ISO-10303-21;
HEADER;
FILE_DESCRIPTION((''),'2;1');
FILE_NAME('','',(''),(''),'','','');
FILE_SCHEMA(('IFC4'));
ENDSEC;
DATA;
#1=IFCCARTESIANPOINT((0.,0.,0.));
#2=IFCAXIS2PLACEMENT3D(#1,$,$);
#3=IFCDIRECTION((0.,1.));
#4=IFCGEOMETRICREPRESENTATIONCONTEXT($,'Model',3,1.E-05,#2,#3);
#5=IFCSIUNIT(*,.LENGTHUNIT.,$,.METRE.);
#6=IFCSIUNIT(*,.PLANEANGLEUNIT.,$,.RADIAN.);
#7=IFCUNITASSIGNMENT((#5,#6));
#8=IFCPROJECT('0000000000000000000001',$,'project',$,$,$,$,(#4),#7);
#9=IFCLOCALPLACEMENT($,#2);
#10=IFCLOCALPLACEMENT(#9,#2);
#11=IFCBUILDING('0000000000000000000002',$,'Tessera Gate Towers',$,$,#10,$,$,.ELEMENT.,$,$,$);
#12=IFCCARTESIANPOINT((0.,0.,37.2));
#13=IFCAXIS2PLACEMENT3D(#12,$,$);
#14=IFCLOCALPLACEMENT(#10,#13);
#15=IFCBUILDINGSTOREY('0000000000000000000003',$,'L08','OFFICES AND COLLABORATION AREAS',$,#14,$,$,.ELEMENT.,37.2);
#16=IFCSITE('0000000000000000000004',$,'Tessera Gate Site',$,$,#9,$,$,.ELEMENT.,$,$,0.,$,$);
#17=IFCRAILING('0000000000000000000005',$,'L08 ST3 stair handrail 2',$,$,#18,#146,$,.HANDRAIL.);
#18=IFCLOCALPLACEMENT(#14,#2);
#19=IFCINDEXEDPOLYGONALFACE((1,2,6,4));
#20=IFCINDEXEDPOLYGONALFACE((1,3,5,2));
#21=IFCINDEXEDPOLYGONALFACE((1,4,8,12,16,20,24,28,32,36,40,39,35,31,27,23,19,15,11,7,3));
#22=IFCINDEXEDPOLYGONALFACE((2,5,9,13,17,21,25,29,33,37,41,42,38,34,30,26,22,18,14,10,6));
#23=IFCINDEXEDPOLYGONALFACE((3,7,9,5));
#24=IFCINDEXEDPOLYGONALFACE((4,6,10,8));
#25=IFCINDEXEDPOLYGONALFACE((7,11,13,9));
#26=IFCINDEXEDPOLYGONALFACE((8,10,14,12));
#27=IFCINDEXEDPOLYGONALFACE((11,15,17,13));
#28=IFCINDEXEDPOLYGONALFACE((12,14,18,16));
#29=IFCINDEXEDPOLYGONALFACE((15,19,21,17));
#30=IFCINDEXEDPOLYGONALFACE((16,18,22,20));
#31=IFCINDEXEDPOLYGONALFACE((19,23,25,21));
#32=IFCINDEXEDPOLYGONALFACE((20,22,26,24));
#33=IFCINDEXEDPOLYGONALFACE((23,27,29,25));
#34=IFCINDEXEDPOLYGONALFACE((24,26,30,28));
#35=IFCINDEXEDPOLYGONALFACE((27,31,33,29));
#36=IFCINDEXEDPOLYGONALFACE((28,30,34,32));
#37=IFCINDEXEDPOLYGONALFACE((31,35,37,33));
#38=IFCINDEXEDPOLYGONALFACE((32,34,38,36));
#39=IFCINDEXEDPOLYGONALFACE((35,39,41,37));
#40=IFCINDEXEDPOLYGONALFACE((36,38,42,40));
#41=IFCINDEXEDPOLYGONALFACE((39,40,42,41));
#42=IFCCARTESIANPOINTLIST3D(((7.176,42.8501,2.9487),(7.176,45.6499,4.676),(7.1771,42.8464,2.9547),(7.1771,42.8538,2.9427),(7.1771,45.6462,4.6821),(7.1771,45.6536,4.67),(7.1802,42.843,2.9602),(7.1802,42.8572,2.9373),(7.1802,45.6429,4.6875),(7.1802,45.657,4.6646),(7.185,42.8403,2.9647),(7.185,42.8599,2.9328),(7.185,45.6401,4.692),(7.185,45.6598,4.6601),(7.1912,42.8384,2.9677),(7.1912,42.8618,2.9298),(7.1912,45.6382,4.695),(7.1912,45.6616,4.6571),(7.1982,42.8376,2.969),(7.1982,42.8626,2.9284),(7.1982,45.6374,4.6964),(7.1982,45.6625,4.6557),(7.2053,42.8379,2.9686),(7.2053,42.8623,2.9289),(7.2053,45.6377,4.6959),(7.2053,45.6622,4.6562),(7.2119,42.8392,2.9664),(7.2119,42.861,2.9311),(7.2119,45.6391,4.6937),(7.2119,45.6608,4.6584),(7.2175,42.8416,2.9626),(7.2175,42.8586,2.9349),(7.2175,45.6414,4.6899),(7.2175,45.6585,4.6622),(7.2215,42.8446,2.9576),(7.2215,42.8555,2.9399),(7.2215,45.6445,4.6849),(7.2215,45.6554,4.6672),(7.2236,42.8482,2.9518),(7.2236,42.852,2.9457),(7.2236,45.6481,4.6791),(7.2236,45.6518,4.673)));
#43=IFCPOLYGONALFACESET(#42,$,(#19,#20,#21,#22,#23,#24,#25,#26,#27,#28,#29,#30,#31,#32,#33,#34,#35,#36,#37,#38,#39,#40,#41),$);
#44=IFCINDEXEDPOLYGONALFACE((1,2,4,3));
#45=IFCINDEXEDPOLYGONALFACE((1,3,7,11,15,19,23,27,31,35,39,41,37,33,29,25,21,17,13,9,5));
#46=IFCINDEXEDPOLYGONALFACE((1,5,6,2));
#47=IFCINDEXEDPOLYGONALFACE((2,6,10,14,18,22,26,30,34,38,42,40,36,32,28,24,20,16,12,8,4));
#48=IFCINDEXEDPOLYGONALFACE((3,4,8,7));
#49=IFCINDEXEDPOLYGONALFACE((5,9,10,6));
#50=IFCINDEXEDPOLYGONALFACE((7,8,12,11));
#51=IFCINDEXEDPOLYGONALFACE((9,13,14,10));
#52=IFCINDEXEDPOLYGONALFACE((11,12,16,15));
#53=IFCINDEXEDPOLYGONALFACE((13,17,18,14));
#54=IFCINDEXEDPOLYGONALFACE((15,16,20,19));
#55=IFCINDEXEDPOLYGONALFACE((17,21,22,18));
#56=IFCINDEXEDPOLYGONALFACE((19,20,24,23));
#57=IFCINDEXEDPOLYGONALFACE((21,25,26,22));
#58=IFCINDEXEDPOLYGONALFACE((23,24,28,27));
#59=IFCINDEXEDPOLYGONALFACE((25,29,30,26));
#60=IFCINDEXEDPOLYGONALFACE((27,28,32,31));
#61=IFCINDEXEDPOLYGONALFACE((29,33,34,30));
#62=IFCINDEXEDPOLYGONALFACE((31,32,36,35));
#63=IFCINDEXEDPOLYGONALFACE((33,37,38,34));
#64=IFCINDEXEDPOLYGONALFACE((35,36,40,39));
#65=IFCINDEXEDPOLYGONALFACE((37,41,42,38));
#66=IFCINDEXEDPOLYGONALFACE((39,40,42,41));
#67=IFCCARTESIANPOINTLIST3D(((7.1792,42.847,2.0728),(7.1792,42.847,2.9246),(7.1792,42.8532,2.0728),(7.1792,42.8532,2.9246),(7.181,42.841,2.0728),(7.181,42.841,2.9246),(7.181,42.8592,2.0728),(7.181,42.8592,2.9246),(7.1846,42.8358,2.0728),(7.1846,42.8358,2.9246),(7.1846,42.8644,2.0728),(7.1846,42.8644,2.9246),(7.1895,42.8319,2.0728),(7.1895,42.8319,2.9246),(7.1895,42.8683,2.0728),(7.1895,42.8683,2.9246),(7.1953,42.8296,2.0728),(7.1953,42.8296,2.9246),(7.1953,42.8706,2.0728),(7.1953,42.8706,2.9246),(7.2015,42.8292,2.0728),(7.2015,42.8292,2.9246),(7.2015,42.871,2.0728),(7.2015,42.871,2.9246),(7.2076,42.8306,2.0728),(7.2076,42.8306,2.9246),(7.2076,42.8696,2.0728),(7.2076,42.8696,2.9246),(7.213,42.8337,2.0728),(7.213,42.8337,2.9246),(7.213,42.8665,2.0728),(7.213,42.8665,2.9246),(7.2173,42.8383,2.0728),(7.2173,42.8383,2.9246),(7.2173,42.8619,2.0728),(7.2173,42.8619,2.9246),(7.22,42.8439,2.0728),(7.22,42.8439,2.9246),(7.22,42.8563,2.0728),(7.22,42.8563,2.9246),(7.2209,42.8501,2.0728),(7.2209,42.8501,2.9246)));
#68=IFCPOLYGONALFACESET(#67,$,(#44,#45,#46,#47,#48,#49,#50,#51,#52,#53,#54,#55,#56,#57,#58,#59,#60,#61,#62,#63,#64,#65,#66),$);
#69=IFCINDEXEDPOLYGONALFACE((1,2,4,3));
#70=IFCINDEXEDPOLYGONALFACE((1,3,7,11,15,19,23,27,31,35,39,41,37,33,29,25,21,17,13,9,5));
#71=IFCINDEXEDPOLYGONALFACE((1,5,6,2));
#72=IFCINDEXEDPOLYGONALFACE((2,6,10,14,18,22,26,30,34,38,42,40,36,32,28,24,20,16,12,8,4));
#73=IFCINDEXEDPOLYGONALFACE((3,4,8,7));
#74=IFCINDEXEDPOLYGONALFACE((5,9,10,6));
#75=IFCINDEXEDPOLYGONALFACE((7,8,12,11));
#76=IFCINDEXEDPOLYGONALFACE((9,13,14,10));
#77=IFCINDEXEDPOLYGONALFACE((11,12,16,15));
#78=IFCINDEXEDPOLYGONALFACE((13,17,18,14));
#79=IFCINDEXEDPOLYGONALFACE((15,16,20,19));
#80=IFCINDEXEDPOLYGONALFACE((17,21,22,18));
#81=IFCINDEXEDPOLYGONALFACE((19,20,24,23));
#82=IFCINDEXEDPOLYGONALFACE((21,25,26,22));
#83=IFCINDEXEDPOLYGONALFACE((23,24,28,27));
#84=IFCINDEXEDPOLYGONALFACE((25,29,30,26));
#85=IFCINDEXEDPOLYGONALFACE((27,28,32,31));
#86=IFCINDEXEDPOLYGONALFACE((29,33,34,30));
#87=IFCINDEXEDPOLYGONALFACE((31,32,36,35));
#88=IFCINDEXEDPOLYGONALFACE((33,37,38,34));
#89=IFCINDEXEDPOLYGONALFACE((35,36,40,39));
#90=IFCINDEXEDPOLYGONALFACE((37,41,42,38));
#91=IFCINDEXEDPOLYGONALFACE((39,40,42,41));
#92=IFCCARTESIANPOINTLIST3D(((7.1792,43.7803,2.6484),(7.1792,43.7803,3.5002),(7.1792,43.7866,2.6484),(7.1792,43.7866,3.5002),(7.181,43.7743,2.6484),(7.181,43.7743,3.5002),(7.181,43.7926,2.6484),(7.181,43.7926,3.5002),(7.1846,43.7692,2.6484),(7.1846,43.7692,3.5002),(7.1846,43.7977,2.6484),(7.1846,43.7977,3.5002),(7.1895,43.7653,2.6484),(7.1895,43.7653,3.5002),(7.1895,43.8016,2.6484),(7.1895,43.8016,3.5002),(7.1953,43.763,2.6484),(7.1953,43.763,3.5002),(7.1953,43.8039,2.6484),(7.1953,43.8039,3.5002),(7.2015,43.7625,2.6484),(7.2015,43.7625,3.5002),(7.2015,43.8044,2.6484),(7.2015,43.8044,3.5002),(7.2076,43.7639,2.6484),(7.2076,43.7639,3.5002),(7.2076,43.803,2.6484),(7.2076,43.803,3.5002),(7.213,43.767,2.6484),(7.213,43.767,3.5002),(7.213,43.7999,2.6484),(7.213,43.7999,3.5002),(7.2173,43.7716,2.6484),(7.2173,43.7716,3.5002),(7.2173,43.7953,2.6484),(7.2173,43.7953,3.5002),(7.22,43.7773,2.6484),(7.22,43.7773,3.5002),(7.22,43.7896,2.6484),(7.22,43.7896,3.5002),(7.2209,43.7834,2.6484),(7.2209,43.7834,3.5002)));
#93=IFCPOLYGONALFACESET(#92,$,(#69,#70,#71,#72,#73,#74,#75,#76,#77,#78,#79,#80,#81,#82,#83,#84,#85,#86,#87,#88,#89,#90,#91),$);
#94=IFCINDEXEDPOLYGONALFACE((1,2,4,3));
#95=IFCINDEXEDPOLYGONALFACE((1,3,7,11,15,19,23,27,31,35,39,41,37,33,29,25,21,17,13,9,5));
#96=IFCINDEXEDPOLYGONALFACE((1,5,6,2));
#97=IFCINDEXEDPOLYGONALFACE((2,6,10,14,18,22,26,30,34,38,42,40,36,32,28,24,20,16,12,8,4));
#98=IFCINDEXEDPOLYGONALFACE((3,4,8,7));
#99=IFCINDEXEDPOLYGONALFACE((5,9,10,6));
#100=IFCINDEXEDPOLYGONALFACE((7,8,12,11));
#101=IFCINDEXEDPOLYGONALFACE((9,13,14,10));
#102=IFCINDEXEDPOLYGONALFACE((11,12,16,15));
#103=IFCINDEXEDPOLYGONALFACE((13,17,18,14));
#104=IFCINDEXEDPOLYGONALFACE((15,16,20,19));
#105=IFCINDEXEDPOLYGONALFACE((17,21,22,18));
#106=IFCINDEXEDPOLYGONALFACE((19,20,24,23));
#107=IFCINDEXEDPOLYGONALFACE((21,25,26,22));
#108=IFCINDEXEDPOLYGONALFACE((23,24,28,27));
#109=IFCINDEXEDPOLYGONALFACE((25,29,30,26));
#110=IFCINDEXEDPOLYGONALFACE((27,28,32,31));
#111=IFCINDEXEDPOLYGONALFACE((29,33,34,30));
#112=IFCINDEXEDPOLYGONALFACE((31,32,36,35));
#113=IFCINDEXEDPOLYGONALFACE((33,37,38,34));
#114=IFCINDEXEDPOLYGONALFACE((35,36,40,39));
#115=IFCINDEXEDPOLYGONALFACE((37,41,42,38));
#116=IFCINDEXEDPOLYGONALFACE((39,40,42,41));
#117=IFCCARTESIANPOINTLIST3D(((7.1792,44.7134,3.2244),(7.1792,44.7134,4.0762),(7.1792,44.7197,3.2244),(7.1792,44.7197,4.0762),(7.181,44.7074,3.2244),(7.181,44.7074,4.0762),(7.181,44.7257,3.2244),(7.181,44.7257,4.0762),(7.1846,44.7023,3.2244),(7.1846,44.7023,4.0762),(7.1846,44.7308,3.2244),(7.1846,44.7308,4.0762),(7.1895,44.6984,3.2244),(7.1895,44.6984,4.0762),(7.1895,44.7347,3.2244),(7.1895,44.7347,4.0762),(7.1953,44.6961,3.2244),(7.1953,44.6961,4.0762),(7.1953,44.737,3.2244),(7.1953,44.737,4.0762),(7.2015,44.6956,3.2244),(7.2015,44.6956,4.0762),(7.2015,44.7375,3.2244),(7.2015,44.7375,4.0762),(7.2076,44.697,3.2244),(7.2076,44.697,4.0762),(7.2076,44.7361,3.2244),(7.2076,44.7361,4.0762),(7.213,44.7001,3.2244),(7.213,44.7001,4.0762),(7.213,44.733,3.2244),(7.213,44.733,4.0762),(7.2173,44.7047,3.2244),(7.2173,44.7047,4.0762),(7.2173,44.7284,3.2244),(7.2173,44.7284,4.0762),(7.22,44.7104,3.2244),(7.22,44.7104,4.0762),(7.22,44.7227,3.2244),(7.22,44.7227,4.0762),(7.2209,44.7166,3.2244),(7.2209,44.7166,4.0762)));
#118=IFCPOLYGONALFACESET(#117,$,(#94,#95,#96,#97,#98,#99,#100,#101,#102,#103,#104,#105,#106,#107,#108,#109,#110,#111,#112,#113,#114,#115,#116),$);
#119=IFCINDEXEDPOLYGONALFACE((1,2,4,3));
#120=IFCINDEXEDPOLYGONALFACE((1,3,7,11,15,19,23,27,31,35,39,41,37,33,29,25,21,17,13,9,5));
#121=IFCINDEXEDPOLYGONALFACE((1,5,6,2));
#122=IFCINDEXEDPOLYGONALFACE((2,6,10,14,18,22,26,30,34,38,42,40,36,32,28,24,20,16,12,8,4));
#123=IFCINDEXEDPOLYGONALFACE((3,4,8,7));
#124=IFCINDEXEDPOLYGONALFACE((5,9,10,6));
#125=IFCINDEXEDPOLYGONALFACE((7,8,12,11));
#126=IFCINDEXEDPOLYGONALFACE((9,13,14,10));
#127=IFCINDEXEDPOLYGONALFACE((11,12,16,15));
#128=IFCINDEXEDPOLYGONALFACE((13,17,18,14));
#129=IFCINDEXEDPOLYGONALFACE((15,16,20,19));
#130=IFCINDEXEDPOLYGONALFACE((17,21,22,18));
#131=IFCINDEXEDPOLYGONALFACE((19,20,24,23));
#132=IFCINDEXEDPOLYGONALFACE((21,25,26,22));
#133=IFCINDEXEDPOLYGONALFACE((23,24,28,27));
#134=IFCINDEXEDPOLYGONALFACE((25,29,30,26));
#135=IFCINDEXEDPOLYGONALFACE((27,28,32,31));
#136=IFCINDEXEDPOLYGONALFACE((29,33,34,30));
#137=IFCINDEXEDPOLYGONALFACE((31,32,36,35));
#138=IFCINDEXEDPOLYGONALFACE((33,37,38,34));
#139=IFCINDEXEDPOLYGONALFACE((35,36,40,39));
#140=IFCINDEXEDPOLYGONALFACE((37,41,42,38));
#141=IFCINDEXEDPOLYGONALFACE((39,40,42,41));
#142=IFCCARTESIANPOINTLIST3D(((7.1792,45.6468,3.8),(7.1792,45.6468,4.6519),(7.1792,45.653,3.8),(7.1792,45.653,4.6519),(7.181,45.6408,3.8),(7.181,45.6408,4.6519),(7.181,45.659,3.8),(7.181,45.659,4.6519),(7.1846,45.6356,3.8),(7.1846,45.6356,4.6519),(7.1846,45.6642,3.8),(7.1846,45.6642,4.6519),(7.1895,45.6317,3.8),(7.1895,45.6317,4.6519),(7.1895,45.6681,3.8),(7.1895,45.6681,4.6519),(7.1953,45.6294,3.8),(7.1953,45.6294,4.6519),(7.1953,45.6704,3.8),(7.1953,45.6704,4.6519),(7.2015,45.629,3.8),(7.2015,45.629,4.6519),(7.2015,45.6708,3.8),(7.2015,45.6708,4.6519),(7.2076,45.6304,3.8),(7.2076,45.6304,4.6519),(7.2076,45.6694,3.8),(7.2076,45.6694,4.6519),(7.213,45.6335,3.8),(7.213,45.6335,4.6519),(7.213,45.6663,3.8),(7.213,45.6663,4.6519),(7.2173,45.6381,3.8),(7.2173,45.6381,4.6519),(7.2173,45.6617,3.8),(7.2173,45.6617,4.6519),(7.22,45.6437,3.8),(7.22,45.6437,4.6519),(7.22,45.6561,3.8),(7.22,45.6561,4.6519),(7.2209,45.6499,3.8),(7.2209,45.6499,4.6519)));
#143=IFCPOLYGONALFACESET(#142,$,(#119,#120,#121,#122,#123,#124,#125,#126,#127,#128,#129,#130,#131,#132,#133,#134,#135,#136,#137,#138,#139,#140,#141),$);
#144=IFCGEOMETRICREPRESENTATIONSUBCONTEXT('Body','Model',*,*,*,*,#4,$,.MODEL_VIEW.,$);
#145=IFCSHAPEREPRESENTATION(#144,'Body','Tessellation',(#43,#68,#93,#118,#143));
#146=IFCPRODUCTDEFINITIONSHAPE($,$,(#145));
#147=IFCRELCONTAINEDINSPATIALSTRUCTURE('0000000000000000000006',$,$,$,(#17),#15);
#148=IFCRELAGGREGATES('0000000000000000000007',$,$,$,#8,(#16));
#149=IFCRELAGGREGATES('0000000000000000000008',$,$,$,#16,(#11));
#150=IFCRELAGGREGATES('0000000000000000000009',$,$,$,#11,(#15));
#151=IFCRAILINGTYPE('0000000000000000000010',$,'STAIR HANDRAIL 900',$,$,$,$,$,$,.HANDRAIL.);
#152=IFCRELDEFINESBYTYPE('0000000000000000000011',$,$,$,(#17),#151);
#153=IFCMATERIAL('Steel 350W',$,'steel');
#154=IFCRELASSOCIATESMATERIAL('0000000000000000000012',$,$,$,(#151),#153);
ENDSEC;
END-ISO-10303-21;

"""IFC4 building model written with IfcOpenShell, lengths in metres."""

from ifc_helpers import new_model, si_unit, direction, frame, origin, origin_2d, place, context, subcontext, project, spatial, circle, extrude, material, type_object, element, save


model = new_model("IFC4")

# Units and contexts
model_context = context("Model", 3, precision=1e-05, world=origin(), true_north=direction((0.0, 1.0)))
body_context = subcontext(model_context, "Body", "Model", "MODEL_VIEW")
ifc_project = project(units=[si_unit("LENGTHUNIT", "METRE"), si_unit("PLANEANGLEUNIT", "RADIAN")], contexts=[model_context])

# Site, building, storey
site_placement = place(None, origin())
site = spatial("IfcSite", under=ifc_project, at=site_placement, Name="Tessera Gate Site", CompositionType="ELEMENT", RefElevation=0.0)
building_placement = place(site_placement, origin())
building = spatial("IfcBuilding", under=site, at=building_placement, Name="Tessera Gate Towers", CompositionType="ELEMENT")
storey_placement = place(building_placement, frame((0.0, 0.0, 37.2)))
storey = spatial("IfcBuildingStorey", under=building, at=storey_placement, Name="L08", Description="OFFICES AND COLLABORATION AREAS", CompositionType="ELEMENT", Elevation=37.2)

# Railing
ifc_material_1 = material(Name="Steel 350W", Category="steel")
railing_type_1 = type_object("IfcRailingType", Name="STAIR HANDRAIL 900", PredefinedType="HANDRAIL", material=ifc_material_1)
railing_1_placement = place(storey_placement, frame((7.2, 42.8501, 2.0728)))
element("IfcRailing", 1, at=railing_1_placement, inside=storey, type_object=railing_type_1, Name="L08 ST3 stair handrail 2", PredefinedType="HANDRAIL", context=body_context, shape_type="SweptSolid", body=[
    extrude(circle(Radius=0.0239, at=origin_2d()), frame((0.0, 0.0, 0.876), z_axis=(0.0, 0.851069, 0.525054), x_axis=(-1.0, 0.0, 0.0)), (0.0, 0.0, 1.0), 3.2898),
    extrude(circle(Radius=0.021, at=origin_2d()), origin(), (0.0, 0.0, 1.0), 0.8518),
    extrude(circle(Radius=0.021, at=origin_2d()), frame((0.0, 0.9333, 0.5757)), (0.0, 0.0, 1.0), 0.8518),
    extrude(circle(Radius=0.021, at=origin_2d()), frame((0.0, 1.8665, 1.1516)), (0.0, 0.0, 1.0), 0.8518),
    extrude(circle(Radius=0.021, at=origin_2d()), frame((0.0, 2.7998, 1.7273)), (0.0, 0.0, 1.0), 0.8518),
])

save(model, "model.ifc")
